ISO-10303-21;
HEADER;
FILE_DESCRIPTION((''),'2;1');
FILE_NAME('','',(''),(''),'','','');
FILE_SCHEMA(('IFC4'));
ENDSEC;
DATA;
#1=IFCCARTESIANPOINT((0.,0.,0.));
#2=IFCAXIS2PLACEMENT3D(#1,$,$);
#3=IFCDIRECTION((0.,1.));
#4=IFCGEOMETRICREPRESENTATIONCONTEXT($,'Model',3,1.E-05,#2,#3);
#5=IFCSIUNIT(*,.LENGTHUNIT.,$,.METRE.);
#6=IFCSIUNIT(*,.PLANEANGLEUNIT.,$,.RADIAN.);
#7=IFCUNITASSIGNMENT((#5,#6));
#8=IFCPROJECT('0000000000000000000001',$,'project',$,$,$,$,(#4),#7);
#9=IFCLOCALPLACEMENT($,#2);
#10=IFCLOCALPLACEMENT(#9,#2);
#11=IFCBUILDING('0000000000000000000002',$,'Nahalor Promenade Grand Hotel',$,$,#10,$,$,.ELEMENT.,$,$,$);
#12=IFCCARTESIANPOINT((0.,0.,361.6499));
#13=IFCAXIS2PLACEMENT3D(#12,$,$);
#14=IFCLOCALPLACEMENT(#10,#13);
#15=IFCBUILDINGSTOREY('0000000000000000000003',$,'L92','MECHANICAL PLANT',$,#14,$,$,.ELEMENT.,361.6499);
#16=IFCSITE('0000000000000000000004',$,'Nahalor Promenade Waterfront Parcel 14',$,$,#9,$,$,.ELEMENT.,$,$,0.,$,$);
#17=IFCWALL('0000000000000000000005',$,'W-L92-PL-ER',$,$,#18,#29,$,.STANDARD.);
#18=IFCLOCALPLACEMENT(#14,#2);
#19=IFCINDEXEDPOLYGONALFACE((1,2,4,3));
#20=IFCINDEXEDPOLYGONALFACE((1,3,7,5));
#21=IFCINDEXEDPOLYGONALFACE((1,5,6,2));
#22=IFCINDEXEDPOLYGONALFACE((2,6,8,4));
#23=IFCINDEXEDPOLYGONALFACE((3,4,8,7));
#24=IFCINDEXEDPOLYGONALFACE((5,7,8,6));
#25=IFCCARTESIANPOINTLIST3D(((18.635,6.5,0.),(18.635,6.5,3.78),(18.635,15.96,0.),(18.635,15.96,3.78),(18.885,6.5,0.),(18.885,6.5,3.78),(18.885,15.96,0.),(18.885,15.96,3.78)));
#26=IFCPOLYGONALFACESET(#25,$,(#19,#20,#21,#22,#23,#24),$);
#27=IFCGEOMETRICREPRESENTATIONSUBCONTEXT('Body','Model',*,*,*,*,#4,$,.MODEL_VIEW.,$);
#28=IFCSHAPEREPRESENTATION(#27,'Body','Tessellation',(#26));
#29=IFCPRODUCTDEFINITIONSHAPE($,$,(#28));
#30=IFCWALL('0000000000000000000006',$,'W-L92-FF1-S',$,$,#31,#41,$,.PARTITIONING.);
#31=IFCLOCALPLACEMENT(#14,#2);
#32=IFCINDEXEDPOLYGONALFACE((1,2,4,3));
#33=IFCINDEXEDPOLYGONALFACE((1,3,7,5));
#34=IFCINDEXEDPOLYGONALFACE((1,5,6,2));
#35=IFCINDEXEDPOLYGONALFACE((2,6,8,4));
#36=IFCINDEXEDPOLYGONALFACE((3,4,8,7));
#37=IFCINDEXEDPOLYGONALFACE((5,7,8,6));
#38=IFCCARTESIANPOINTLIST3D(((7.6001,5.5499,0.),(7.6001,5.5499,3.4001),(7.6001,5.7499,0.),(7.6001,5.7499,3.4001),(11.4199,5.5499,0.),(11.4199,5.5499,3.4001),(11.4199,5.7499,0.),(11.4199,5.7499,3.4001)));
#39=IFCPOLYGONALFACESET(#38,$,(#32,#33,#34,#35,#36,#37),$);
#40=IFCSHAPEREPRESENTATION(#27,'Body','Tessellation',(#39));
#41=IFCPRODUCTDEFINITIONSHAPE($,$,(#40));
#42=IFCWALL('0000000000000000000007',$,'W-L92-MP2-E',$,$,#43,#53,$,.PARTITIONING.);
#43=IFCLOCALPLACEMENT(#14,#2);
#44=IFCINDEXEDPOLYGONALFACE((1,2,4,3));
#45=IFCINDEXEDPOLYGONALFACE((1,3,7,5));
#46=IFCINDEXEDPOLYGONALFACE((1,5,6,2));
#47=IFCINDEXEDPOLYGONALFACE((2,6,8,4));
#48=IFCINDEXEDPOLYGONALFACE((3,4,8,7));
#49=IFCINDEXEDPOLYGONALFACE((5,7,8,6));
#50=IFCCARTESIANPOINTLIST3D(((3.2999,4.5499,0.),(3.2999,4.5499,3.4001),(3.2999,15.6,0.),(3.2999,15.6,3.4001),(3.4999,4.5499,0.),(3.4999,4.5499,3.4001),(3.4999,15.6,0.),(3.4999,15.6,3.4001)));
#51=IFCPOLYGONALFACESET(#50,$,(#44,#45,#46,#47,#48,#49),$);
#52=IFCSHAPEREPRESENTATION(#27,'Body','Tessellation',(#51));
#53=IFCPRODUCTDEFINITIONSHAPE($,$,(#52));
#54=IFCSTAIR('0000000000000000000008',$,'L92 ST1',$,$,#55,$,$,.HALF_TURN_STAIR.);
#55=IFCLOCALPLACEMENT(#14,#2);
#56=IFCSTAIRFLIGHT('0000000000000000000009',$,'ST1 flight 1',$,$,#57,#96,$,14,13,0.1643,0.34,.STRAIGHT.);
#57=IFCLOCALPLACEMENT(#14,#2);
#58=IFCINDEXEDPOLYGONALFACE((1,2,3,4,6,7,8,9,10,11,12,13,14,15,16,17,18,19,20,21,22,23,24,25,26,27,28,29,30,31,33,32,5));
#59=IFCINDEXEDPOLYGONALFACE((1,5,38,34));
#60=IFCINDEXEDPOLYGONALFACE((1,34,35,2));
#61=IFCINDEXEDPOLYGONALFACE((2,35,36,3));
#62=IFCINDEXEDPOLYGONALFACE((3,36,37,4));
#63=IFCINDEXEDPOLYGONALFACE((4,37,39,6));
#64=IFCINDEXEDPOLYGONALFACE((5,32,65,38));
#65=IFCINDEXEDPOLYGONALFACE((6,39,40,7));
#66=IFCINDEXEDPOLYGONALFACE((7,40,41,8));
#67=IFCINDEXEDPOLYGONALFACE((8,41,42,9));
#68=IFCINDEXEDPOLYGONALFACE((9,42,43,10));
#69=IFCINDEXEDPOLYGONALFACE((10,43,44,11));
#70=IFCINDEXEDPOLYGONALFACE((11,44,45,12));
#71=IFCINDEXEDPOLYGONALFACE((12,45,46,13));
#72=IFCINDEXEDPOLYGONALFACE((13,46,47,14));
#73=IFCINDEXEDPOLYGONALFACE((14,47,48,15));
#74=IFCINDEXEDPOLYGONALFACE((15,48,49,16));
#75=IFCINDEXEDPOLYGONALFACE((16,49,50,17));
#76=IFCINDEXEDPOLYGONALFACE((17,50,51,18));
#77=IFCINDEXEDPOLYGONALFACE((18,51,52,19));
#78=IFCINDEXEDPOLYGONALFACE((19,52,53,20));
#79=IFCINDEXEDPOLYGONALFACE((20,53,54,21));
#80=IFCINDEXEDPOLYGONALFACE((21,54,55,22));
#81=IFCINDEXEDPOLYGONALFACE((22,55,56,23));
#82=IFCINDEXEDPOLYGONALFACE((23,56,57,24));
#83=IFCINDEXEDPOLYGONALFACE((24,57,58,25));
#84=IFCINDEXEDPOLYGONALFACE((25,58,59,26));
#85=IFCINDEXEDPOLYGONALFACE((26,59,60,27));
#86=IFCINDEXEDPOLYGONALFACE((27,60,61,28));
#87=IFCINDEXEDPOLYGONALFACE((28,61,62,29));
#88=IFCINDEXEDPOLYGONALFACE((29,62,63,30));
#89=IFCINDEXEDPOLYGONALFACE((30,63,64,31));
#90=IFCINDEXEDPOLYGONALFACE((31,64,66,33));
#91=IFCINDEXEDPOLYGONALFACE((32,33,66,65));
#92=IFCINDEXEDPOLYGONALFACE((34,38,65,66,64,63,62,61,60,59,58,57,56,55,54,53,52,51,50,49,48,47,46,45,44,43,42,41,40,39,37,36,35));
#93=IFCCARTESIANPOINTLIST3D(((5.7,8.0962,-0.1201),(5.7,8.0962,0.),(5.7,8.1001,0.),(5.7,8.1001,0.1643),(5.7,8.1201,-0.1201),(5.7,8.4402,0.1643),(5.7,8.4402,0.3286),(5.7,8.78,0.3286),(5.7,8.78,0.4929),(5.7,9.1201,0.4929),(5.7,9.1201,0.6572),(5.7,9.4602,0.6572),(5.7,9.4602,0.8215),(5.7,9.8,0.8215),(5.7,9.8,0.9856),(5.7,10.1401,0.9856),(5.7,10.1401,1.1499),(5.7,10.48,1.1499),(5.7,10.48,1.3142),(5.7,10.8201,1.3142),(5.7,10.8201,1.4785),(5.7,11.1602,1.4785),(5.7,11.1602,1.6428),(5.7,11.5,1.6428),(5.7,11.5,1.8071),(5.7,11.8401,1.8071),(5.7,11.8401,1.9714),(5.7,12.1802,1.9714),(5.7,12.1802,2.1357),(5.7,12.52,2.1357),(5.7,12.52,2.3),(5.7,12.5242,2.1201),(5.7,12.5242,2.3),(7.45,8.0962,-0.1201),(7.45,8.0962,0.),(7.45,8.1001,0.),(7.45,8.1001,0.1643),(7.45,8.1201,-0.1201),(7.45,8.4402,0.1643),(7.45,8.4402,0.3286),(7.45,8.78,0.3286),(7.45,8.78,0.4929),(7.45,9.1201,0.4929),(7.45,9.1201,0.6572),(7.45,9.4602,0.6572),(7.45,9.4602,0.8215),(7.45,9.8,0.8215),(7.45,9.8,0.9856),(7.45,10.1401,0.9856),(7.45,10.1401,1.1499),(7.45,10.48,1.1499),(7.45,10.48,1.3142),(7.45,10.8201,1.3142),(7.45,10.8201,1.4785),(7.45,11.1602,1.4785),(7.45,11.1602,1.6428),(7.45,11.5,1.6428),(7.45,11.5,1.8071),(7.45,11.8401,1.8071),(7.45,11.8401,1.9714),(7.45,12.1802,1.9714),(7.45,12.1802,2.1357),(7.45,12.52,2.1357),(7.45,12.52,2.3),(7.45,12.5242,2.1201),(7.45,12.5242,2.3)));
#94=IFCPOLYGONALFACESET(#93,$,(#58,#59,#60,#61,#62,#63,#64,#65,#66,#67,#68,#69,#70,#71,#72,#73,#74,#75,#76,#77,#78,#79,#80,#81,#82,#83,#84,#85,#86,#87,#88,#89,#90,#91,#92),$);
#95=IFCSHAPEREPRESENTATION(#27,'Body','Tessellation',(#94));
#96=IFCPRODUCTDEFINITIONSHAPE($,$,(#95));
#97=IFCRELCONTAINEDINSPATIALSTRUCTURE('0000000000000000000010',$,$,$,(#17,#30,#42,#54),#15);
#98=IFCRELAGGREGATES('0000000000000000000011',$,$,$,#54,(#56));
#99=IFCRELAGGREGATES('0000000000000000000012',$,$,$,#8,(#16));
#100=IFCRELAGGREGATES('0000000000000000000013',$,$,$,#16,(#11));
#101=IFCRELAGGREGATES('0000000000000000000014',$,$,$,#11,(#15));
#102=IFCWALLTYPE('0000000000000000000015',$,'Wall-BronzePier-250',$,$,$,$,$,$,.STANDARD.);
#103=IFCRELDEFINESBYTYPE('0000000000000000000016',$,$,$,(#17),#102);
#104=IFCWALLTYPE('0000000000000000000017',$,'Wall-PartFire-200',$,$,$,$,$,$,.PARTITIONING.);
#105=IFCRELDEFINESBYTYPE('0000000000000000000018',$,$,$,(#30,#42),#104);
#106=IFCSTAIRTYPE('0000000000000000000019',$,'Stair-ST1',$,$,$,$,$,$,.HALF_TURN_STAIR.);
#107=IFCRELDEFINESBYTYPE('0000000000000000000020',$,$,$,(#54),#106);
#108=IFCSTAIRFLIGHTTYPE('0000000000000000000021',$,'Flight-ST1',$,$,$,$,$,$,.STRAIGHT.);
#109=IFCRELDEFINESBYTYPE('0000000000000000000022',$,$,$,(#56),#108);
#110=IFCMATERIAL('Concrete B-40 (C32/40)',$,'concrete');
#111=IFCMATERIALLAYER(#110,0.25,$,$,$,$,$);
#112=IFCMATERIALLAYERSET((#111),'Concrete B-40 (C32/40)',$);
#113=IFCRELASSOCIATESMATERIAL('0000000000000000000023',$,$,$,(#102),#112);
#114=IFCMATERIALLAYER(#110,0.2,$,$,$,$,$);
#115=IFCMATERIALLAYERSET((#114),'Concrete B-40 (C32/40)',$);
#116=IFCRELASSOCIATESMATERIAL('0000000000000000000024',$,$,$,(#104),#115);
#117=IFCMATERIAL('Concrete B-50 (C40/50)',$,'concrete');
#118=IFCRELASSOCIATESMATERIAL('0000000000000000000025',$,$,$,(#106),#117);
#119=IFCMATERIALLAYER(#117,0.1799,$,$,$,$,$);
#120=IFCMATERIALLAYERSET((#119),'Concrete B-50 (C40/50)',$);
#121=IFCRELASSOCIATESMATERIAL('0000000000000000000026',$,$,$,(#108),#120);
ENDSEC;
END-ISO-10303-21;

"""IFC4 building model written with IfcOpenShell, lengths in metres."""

from ifc_helpers import new_model, si_unit, direction, frame, frame_2d, origin, place, context, subcontext, project, spatial, polyline, rectangle, outline, extrude, source, transform, mapped, material, layer, layer_set, type_object, element, aggregate, save


model = new_model("IFC4")

# Units and contexts
model_context = context("Model", 3, precision=1e-05, world=origin(), true_north=direction((0.0, 1.0)))
body_context = subcontext(model_context, "Body", "Model", "MODEL_VIEW")
ifc_project = project(units=[si_unit("LENGTHUNIT", "METRE"), si_unit("PLANEANGLEUNIT", "RADIAN")], contexts=[model_context])

# Site, building, storey
site_placement = place(None, origin())
site = spatial("IfcSite", under=ifc_project, at=site_placement, Name="Nahalor Promenade Waterfront Parcel 14", CompositionType="ELEMENT", RefElevation=0.0)
building_placement = place(site_placement, origin())
building = spatial("IfcBuilding", under=site, at=building_placement, Name="Nahalor Promenade Grand Hotel", CompositionType="ELEMENT")
storey_placement = place(building_placement, frame((0.0, 0.0, 361.6499)))
storey = spatial("IfcBuildingStorey", under=building, at=storey_placement, Name="L92", Description="MECHANICAL PLANT", CompositionType="ELEMENT", Elevation=361.6499)

# Shared definitions
ifc_material_1 = material(Name="Concrete B-50 (C40/50)", Category="concrete")

# Walls
ifc_material_2 = material(Name="Concrete B-40 (C32/40)", Category="concrete")
ifc_layer_1 = layer(ifc_material_2, 0.25)
ifc_layer_set_1 = layer_set([ifc_layer_1], Name="Concrete B-40 (C32/40)")
wall_type_1 = type_object("IfcWallType", Name="Wall-BronzePier-250", PredefinedType="STANDARD", material=ifc_layer_set_1)
shared_shape_1 = source(origin(), body_context, "Body", "SweptSolid", [
    extrude(rectangle(XDim=9.46, YDim=0.25, at=frame_2d((4.73, 0.0))), origin(), (0.0, 0.0, 1.0), 3.78),
])
wall_1_placement = place(storey_placement, frame((18.76, 6.5, 0.0), z_axis=(0.0, 0.0, 1.0), x_axis=(0.0, 1.0, 0.0)))
element("IfcWall", 1, at=wall_1_placement, inside=storey, type_object=wall_type_1, Name="W-L92-PL-ER", PredefinedType="STANDARD", context=body_context, shape_type="MappedRepresentation", body=[
    mapped(shared_shape_1, transform((0.0, 0.0, 0.0), scale=1.0)),
])
ifc_layer_2 = layer(ifc_material_2, 0.2)
ifc_layer_set_2 = layer_set([ifc_layer_2], Name="Concrete B-40 (C32/40)")
wall_type_2 = type_object("IfcWallType", Name="Wall-PartFire-200", PredefinedType="PARTITIONING", material=ifc_layer_set_2)
shared_shape_2 = source(origin(), body_context, "Body", "SweptSolid", [
    extrude(rectangle(XDim=3.8198, YDim=0.2, at=frame_2d((1.9099, 0.0))), origin(), (0.0, 0.0, 1.0), 3.4001),
])
wall_2_placement = place(storey_placement, frame((7.6001, 5.6499, 0.0), z_axis=(0.0, 0.0, 1.0), x_axis=(1.0, 0.0, 0.0)))
element("IfcWall", 2, at=wall_2_placement, inside=storey, type_object=wall_type_2, Name="W-L92-FF1-S", PredefinedType="PARTITIONING", context=body_context, shape_type="MappedRepresentation", body=[
    mapped(shared_shape_2, transform((0.0, 0.0, 0.0), scale=1.0)),
])

# Wall
shared_shape_3 = source(origin(), body_context, "Body", "SweptSolid", [
    extrude(rectangle(XDim=11.05, YDim=0.2, at=frame_2d((5.5249, 0.0))), origin(), (0.0, 0.0, 1.0), 3.4001),
])
wall_3_placement = place(storey_placement, frame((3.3999, 4.55, 0.0), z_axis=(0.0, 0.0, 1.0), x_axis=(0.0, 1.0, 0.0)))
element("IfcWall", 3, at=wall_3_placement, inside=storey, type_object=wall_type_2, Name="W-L92-MP2-E", PredefinedType="PARTITIONING", context=body_context, shape_type="MappedRepresentation", body=[
    mapped(shared_shape_3, transform((0.0, 0.0, 0.0), scale=1.0)),
])

# Stair, stair flight
stair_type = type_object("IfcStairType", Name="Stair-ST1", PredefinedType="HALF_TURN_STAIR", material=ifc_material_1)
stair_placement = place(storey_placement, origin())
stair = element("IfcStair", 4, at=stair_placement, inside=storey, type_object=stair_type, Name="L92 ST1", PredefinedType="HALF_TURN_STAIR")
ifc_layer_3 = layer(ifc_material_1, 0.1799)
ifc_layer_set_3 = layer_set([ifc_layer_3], Name="Concrete B-50 (C40/50)")
stair_flight_type = type_object("IfcStairFlightType", Name="Flight-ST1", PredefinedType="STRAIGHT", material=ifc_layer_set_3)
shared_shape_4 = source(origin(), body_context, "Body", "SweptSolid", [
    extrude(outline(polyline([(-0.0039, -0.1201), (-0.0039, 0.0), (0.0, 0.0), (0.0, 0.1643), (0.3401, 0.1643), (0.3401, 0.3286), (0.6799, 0.3286), (0.6799, 0.4929), (1.02, 0.4929), (1.02, 0.6572), (1.3601, 0.6572), (1.3601, 0.8215), (1.7, 0.8215), (1.7, 0.9856), (2.04, 0.9856), (2.04, 1.1499), (2.3799, 1.1499), (2.3799, 1.3142), (2.72, 1.3142), (2.72, 1.4785), (3.0601, 1.4785), (3.0601, 1.6428), (3.3999, 1.6428), (3.3999, 1.8071), (3.74, 1.8071), (3.74, 1.9714), (4.0801, 1.9714), (4.0801, 2.1357), (4.4199, 2.1357), (4.4199, 2.3), (4.4241, 2.3), (4.4241, 2.1201), (0.02, -0.1201), (-0.0039, -0.1201)])), frame((0.0, 0.875, 0.0), z_axis=(0.0, -1.0, 0.0), x_axis=(1.0, 0.0, 0.0)), (0.0, 0.0, 1.0), 1.75),
])
stair_flight_placement = place(storey_placement, frame((6.575, 8.1001, 0.0), z_axis=(0.0, 0.0, 1.0), x_axis=(0.0, 1.0, 0.0)))
stair_flight = element("IfcStairFlight", 5, at=stair_flight_placement, type_object=stair_flight_type, Name="ST1 flight 1", NumberOfRisers=14, NumberOfTreads=13, PredefinedType="STRAIGHT", RiserHeight=0.1643, TreadLength=0.34, context=body_context, shape_type="MappedRepresentation", body=[
    mapped(shared_shape_4, transform((0.0, 0.0, 0.0), scale=1.0)),
])
aggregate(stair, [stair_flight])

save(model, "model.ifc")
